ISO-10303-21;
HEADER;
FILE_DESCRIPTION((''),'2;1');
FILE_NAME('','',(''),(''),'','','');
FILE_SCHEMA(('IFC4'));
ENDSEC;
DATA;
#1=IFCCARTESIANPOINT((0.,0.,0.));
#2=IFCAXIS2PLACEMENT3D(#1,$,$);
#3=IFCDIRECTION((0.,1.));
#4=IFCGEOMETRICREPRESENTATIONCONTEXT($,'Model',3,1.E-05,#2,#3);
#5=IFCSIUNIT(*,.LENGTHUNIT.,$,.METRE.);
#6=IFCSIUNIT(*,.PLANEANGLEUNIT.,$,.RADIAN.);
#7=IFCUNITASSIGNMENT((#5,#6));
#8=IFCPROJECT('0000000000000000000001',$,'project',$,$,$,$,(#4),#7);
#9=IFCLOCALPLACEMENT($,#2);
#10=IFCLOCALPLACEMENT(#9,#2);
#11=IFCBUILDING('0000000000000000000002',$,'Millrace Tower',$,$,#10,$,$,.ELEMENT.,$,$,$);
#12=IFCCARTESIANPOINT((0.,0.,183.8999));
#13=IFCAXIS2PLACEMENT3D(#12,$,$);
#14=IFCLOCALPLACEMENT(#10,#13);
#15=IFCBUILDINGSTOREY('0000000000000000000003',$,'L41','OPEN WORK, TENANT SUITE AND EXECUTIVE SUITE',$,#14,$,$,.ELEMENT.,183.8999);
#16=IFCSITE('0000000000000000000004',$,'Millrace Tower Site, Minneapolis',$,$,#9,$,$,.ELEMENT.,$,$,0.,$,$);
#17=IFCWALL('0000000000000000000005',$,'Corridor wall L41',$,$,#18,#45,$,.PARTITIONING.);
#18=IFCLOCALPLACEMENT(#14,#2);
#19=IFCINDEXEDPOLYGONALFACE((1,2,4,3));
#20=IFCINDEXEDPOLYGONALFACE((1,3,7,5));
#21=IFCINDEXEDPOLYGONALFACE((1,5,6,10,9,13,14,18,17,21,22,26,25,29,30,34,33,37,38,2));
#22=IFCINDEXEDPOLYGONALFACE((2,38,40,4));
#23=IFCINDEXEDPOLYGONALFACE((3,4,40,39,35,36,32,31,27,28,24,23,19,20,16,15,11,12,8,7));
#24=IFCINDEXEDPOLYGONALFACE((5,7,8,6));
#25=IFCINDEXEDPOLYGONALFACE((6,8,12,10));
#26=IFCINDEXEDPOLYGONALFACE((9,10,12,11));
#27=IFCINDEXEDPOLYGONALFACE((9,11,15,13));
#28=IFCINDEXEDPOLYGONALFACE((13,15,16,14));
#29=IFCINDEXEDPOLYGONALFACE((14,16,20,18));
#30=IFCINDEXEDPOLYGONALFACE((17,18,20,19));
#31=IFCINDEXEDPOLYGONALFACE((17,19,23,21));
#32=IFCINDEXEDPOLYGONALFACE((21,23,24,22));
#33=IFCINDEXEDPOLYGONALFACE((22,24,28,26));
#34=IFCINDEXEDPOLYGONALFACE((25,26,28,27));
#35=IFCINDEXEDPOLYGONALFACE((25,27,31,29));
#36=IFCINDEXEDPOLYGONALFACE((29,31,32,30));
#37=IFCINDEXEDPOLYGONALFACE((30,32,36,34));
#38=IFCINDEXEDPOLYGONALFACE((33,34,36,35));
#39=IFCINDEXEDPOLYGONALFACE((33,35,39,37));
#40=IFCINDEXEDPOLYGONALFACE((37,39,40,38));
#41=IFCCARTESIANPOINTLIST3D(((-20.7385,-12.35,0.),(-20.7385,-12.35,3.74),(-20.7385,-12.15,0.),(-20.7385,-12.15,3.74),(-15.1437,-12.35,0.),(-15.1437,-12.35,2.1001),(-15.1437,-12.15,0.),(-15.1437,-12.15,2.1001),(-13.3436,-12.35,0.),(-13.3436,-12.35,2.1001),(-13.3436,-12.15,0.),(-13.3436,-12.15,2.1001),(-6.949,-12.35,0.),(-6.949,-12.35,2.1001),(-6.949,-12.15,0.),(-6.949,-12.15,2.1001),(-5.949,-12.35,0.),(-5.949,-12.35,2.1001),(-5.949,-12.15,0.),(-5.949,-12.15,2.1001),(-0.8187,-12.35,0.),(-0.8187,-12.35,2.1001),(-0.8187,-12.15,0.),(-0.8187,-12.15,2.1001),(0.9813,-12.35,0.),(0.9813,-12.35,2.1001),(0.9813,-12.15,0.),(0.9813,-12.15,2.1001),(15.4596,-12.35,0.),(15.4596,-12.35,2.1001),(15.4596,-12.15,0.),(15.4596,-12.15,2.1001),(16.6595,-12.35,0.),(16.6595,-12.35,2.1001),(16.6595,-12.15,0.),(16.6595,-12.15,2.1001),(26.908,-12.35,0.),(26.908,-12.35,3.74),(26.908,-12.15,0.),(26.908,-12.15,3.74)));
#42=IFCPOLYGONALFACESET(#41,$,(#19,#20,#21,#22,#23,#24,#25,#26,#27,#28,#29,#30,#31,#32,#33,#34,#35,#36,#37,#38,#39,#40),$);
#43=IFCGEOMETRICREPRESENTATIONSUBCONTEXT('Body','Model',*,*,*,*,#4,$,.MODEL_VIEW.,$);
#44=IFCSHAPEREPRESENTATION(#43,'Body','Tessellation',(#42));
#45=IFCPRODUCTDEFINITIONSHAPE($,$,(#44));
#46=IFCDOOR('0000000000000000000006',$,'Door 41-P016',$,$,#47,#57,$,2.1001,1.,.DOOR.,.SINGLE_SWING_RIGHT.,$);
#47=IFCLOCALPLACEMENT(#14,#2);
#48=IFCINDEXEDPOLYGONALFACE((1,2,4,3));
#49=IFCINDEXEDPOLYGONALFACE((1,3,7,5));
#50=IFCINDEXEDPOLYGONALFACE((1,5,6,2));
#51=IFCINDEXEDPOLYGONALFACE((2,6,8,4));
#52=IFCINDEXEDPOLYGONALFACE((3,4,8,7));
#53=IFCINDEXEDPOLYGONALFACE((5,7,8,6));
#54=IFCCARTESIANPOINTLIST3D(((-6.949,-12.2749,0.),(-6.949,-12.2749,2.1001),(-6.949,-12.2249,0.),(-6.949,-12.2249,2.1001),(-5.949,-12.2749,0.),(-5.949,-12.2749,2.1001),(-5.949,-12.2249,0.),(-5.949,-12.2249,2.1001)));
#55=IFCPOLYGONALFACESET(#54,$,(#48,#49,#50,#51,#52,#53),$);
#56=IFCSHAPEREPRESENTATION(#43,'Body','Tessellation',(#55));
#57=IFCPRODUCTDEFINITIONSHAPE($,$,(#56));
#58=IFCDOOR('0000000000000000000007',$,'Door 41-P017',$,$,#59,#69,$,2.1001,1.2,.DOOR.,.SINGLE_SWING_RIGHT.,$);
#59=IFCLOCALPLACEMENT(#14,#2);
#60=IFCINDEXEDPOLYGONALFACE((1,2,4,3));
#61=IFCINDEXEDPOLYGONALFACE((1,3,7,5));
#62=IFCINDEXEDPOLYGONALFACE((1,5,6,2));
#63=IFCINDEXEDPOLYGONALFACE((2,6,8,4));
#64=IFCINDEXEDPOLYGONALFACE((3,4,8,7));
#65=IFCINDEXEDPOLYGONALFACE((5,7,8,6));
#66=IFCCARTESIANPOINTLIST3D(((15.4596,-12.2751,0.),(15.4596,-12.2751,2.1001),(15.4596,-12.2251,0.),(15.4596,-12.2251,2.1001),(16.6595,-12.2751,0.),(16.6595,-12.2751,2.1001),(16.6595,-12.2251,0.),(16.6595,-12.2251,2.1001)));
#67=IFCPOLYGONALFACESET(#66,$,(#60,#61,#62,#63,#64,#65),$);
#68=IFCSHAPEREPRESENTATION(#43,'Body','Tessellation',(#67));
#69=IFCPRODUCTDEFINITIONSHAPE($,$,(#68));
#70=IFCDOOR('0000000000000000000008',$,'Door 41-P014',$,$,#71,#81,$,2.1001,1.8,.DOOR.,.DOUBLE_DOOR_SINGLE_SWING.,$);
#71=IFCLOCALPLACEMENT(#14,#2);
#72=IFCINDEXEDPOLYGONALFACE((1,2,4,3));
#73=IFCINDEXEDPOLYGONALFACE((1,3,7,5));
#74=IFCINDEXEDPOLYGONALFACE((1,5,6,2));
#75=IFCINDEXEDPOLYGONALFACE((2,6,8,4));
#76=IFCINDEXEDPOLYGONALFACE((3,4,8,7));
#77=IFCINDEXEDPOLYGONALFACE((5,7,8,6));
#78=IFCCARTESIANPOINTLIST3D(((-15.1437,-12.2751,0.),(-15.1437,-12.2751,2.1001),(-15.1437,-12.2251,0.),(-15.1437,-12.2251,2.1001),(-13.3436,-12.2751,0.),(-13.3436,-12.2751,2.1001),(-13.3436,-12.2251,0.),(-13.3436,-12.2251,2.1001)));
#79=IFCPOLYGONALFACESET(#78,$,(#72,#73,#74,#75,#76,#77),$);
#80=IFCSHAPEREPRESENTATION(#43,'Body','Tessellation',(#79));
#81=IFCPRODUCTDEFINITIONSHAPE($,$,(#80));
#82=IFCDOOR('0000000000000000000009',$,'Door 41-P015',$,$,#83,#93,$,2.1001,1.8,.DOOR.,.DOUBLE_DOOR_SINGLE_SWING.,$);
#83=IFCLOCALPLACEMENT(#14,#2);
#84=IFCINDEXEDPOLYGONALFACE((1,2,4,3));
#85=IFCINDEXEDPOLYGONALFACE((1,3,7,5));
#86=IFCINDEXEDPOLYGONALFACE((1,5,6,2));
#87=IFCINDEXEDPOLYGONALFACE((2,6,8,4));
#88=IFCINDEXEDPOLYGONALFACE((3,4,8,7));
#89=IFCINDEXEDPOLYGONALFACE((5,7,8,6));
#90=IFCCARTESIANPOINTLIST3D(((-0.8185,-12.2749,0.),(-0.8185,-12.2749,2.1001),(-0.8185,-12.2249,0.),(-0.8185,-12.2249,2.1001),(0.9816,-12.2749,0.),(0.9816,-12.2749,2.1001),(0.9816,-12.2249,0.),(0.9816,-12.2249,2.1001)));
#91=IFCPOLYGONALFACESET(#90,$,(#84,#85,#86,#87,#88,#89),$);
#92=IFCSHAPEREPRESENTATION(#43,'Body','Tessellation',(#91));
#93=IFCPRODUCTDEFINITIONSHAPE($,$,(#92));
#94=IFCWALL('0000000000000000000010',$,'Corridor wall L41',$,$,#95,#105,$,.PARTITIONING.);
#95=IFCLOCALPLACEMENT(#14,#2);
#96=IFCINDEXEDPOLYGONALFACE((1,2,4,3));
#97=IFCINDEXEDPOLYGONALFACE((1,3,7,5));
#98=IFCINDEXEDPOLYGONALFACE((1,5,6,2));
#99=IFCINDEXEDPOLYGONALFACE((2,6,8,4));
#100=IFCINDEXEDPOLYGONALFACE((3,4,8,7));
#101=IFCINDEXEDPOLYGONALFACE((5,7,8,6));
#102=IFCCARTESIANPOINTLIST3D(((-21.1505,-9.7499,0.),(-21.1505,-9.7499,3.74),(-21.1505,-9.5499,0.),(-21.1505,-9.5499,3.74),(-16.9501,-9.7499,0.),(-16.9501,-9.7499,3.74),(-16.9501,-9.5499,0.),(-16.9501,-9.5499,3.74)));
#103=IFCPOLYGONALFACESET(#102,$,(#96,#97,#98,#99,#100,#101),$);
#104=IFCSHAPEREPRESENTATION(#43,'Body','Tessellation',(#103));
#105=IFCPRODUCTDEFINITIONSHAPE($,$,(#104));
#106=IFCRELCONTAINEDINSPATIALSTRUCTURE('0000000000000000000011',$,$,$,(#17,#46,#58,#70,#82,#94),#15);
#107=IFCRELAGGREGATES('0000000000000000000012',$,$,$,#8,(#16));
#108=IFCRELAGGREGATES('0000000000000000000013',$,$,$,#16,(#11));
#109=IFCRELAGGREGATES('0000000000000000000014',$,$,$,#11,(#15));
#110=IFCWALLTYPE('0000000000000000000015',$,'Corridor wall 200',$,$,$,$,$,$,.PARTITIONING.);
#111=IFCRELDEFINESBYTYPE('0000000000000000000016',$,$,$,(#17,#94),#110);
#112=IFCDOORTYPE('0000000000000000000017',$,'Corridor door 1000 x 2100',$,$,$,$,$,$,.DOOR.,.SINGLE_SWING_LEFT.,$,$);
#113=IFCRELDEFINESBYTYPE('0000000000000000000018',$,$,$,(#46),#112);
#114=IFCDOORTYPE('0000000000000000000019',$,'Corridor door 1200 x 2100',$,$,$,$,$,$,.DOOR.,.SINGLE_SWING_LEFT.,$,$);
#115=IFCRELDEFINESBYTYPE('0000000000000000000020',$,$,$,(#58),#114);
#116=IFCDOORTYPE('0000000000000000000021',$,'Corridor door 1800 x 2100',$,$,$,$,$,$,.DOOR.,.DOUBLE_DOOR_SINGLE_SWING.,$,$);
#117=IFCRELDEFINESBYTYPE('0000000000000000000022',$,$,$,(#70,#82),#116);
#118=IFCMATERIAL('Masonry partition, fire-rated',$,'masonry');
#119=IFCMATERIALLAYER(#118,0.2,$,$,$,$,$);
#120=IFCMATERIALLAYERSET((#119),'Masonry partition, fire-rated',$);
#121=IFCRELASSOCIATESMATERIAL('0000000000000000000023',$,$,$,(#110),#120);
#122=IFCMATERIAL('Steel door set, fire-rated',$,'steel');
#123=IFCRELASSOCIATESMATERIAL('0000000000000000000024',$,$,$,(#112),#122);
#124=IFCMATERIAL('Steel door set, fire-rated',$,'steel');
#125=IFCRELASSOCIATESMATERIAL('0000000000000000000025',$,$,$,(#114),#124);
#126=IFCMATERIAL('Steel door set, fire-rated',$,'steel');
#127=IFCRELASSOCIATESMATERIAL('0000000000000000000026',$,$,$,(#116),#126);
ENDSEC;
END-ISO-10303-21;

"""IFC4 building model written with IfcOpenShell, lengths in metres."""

from ifc_helpers import new_model, si_unit, direction, frame, frame_2d, origin, place, context, subcontext, project, spatial, rectangle, extrude, material, layer, layer_set, type_object, element, fill, save


model = new_model("IFC4")

# Units and contexts
model_context = context("Model", 3, precision=1e-05, world=origin(), true_north=direction((0.0, 1.0)))
body_context = subcontext(model_context, "Body", "Model", "MODEL_VIEW")
ifc_project = project(units=[si_unit("LENGTHUNIT", "METRE"), si_unit("PLANEANGLEUNIT", "RADIAN")], contexts=[model_context])

# Site, building, storey
site_placement = place(None, origin())
site = spatial("IfcSite", under=ifc_project, at=site_placement, Name="Millrace Tower Site, Minneapolis", CompositionType="ELEMENT", RefElevation=0.0)
building_placement = place(site_placement, origin())
building = spatial("IfcBuilding", under=site, at=building_placement, Name="Millrace Tower", CompositionType="ELEMENT")
storey_placement = place(building_placement, frame((0.0, 0.0, 183.8999)))
storey = spatial("IfcBuildingStorey", under=building, at=storey_placement, Name="L41", Description="OPEN WORK, TENANT SUITE AND EXECUTIVE SUITE", CompositionType="ELEMENT", Elevation=183.8999)

# Wall, openings, doors
ifc_material_1 = material(Name="Masonry partition, fire-rated", Category="masonry")
ifc_layer_1 = layer(ifc_material_1, 0.2)
ifc_layer_set_1 = layer_set([ifc_layer_1], Name="Masonry partition, fire-rated")
wall_type = type_object("IfcWallType", Name="Corridor wall 200", PredefinedType="PARTITIONING", material=ifc_layer_set_1)
wall_1_placement = place(storey_placement, frame((-20.7385, -12.25, 0.0), z_axis=(0.0, 0.0, 1.0), x_axis=(1.0, 0.0, 0.0)))
wall_1 = element("IfcWall", 1, at=wall_1_placement, inside=storey, type_object=wall_type, Name="Corridor wall L41", PredefinedType="PARTITIONING", context=body_context, shape_type="SweptSolid", body=[
    extrude(rectangle(XDim=47.6465, YDim=0.2, at=frame_2d((23.8232, 0.0))), origin(), (0.0, 0.0, 1.0), 3.74),
])
opening_1_placement = place(wall_1_placement, frame((5.595, 0.0, 0.0)))
opening_1 = element("IfcOpeningElement", 2, at=opening_1_placement, cuts=wall_1, PredefinedType="OPENING", context=body_context, shape_type="SweptSolid", body=[
    extrude(rectangle(XDim=1.8, YDim=2.1001, at=frame_2d((0.8999, 1.05))), frame((0.0, 0.1099, 0.0), z_axis=(0.0, -1.0, 0.0), x_axis=(1.0, 0.0, 0.0)), (0.0, 0.0, 1.0), 0.22),
])
opening_2_placement = place(wall_1_placement, frame((19.9199, 0.0, 0.0)))
opening_2 = element("IfcOpeningElement", 3, at=opening_2_placement, cuts=wall_1, PredefinedType="OPENING", context=body_context, shape_type="SweptSolid", body=[
    extrude(rectangle(XDim=1.8, YDim=2.1001, at=frame_2d((0.8999, 1.05))), frame((0.0, 0.1099, 0.0), z_axis=(0.0, -1.0, 0.0), x_axis=(1.0, 0.0, 0.0)), (0.0, 0.0, 1.0), 0.22),
])
opening_3_placement = place(wall_1_placement, frame((13.7896, 0.0, 0.0)))
opening_3 = element("IfcOpeningElement", 4, at=opening_3_placement, cuts=wall_1, PredefinedType="OPENING", context=body_context, shape_type="SweptSolid", body=[
    extrude(rectangle(XDim=1.0, YDim=2.1001, at=frame_2d((0.5, 1.05))), frame((0.0, 0.1099, 0.0), z_axis=(0.0, -1.0, 0.0), x_axis=(1.0, 0.0, 0.0)), (0.0, 0.0, 1.0), 0.22),
])
opening_4_placement = place(wall_1_placement, frame((36.198, 0.0, 0.0)))
opening_4 = element("IfcOpeningElement", 5, at=opening_4_placement, cuts=wall_1, PredefinedType="OPENING", context=body_context, shape_type="SweptSolid", body=[
    extrude(rectangle(XDim=1.2, YDim=2.1001, at=frame_2d((0.6001, 1.05))), frame((0.0, 0.1099, 0.0), z_axis=(0.0, -1.0, 0.0), x_axis=(1.0, 0.0, 0.0)), (0.0, 0.0, 1.0), 0.22),
])
ifc_material_2 = material(Name="Steel door set, fire-rated", Category="steel")
door_type_1 = type_object("IfcDoorType", Name="Corridor door 1000 x 2100", OperationType="SINGLE_SWING_LEFT", PredefinedType="DOOR", material=ifc_material_2)
door_1_placement = place(opening_3_placement, frame((1.0, 0.0, 0.0), z_axis=(0.0, 0.0, 1.0), x_axis=(-1.0, 0.0, 0.0)))
door_1 = element("IfcDoor", 6, at=door_1_placement, inside=storey, type_object=door_type_1, Name="Door 41-P016", OperationType="SINGLE_SWING_RIGHT", OverallHeight=2.1001, OverallWidth=1.0, PredefinedType="DOOR", context=body_context, shape_type="SweptSolid", body=[
    extrude(rectangle(XDim=1.0, YDim=2.1001, at=frame_2d((0.5, 1.05))), frame((0.0, 0.0249, 0.0), z_axis=(0.0, -1.0, 0.0), x_axis=(1.0, 0.0, 0.0)), (0.0, 0.0, 1.0), 0.05),
])
fill(opening_3, door_1)
ifc_material_3 = material(Name="Steel door set, fire-rated", Category="steel")
door_type_2 = type_object("IfcDoorType", Name="Corridor door 1200 x 2100", OperationType="SINGLE_SWING_LEFT", PredefinedType="DOOR", material=ifc_material_3)
door_2_placement = place(opening_4_placement, origin())
door_2 = element("IfcDoor", 7, at=door_2_placement, inside=storey, type_object=door_type_2, Name="Door 41-P017", OperationType="SINGLE_SWING_RIGHT", OverallHeight=2.1001, OverallWidth=1.2, PredefinedType="DOOR", context=body_context, shape_type="SweptSolid", body=[
    extrude(rectangle(XDim=1.2, YDim=2.1001, at=frame_2d((0.6001, 1.05))), frame((0.0, 0.0249, 0.0), z_axis=(0.0, -1.0, 0.0), x_axis=(1.0, 0.0, 0.0)), (0.0, 0.0, 1.0), 0.05),
])
fill(opening_4, door_2)
ifc_material_4 = material(Name="Steel door set, fire-rated", Category="steel")
door_type_3 = type_object("IfcDoorType", Name="Corridor door 1800 x 2100", OperationType="DOUBLE_DOOR_SINGLE_SWING", PredefinedType="DOOR", material=ifc_material_4)
door_3_placement = place(opening_1_placement, origin())
door_3 = element("IfcDoor", 8, at=door_3_placement, inside=storey, type_object=door_type_3, Name="Door 41-P014", OperationType="DOUBLE_DOOR_SINGLE_SWING", OverallHeight=2.1001, OverallWidth=1.8, PredefinedType="DOOR", context=body_context, shape_type="SweptSolid", body=[
    extrude(rectangle(XDim=1.8, YDim=2.1001, at=frame_2d((0.8999, 1.05))), frame((0.0, 0.0249, 0.0), z_axis=(0.0, -1.0, 0.0), x_axis=(1.0, 0.0, 0.0)), (0.0, 0.0, 1.0), 0.05),
])
fill(opening_1, door_3)
door_4_placement = place(opening_2_placement, frame((1.8, 0.0, 0.0), z_axis=(0.0, 0.0, 1.0), x_axis=(-1.0, 0.0, 0.0)))
door_4 = element("IfcDoor", 9, at=door_4_placement, inside=storey, type_object=door_type_3, Name="Door 41-P015", OperationType="DOUBLE_DOOR_SINGLE_SWING", OverallHeight=2.1001, OverallWidth=1.8, PredefinedType="DOOR", context=body_context, shape_type="SweptSolid", body=[
    extrude(rectangle(XDim=1.8, YDim=2.1001, at=frame_2d((0.8999, 1.05))), frame((0.0, 0.0249, 0.0), z_axis=(0.0, -1.0, 0.0), x_axis=(1.0, 0.0, 0.0)), (0.0, 0.0, 1.0), 0.05),
])
fill(opening_2, door_4)

# Wall
wall_2_placement = place(storey_placement, frame((-21.1504, -9.6499, 0.0), z_axis=(0.0, 0.0, 1.0), x_axis=(1.0, 0.0, 0.0)))
element("IfcWall", 10, at=wall_2_placement, inside=storey, type_object=wall_type, Name="Corridor wall L41", PredefinedType="PARTITIONING", context=body_context, shape_type="SweptSolid", body=[
    extrude(rectangle(XDim=4.2004, YDim=0.2, at=frame_2d((2.1001, 0.0))), origin(), (0.0, 0.0, 1.0), 3.74),
])

save(model, "model.ifc")
